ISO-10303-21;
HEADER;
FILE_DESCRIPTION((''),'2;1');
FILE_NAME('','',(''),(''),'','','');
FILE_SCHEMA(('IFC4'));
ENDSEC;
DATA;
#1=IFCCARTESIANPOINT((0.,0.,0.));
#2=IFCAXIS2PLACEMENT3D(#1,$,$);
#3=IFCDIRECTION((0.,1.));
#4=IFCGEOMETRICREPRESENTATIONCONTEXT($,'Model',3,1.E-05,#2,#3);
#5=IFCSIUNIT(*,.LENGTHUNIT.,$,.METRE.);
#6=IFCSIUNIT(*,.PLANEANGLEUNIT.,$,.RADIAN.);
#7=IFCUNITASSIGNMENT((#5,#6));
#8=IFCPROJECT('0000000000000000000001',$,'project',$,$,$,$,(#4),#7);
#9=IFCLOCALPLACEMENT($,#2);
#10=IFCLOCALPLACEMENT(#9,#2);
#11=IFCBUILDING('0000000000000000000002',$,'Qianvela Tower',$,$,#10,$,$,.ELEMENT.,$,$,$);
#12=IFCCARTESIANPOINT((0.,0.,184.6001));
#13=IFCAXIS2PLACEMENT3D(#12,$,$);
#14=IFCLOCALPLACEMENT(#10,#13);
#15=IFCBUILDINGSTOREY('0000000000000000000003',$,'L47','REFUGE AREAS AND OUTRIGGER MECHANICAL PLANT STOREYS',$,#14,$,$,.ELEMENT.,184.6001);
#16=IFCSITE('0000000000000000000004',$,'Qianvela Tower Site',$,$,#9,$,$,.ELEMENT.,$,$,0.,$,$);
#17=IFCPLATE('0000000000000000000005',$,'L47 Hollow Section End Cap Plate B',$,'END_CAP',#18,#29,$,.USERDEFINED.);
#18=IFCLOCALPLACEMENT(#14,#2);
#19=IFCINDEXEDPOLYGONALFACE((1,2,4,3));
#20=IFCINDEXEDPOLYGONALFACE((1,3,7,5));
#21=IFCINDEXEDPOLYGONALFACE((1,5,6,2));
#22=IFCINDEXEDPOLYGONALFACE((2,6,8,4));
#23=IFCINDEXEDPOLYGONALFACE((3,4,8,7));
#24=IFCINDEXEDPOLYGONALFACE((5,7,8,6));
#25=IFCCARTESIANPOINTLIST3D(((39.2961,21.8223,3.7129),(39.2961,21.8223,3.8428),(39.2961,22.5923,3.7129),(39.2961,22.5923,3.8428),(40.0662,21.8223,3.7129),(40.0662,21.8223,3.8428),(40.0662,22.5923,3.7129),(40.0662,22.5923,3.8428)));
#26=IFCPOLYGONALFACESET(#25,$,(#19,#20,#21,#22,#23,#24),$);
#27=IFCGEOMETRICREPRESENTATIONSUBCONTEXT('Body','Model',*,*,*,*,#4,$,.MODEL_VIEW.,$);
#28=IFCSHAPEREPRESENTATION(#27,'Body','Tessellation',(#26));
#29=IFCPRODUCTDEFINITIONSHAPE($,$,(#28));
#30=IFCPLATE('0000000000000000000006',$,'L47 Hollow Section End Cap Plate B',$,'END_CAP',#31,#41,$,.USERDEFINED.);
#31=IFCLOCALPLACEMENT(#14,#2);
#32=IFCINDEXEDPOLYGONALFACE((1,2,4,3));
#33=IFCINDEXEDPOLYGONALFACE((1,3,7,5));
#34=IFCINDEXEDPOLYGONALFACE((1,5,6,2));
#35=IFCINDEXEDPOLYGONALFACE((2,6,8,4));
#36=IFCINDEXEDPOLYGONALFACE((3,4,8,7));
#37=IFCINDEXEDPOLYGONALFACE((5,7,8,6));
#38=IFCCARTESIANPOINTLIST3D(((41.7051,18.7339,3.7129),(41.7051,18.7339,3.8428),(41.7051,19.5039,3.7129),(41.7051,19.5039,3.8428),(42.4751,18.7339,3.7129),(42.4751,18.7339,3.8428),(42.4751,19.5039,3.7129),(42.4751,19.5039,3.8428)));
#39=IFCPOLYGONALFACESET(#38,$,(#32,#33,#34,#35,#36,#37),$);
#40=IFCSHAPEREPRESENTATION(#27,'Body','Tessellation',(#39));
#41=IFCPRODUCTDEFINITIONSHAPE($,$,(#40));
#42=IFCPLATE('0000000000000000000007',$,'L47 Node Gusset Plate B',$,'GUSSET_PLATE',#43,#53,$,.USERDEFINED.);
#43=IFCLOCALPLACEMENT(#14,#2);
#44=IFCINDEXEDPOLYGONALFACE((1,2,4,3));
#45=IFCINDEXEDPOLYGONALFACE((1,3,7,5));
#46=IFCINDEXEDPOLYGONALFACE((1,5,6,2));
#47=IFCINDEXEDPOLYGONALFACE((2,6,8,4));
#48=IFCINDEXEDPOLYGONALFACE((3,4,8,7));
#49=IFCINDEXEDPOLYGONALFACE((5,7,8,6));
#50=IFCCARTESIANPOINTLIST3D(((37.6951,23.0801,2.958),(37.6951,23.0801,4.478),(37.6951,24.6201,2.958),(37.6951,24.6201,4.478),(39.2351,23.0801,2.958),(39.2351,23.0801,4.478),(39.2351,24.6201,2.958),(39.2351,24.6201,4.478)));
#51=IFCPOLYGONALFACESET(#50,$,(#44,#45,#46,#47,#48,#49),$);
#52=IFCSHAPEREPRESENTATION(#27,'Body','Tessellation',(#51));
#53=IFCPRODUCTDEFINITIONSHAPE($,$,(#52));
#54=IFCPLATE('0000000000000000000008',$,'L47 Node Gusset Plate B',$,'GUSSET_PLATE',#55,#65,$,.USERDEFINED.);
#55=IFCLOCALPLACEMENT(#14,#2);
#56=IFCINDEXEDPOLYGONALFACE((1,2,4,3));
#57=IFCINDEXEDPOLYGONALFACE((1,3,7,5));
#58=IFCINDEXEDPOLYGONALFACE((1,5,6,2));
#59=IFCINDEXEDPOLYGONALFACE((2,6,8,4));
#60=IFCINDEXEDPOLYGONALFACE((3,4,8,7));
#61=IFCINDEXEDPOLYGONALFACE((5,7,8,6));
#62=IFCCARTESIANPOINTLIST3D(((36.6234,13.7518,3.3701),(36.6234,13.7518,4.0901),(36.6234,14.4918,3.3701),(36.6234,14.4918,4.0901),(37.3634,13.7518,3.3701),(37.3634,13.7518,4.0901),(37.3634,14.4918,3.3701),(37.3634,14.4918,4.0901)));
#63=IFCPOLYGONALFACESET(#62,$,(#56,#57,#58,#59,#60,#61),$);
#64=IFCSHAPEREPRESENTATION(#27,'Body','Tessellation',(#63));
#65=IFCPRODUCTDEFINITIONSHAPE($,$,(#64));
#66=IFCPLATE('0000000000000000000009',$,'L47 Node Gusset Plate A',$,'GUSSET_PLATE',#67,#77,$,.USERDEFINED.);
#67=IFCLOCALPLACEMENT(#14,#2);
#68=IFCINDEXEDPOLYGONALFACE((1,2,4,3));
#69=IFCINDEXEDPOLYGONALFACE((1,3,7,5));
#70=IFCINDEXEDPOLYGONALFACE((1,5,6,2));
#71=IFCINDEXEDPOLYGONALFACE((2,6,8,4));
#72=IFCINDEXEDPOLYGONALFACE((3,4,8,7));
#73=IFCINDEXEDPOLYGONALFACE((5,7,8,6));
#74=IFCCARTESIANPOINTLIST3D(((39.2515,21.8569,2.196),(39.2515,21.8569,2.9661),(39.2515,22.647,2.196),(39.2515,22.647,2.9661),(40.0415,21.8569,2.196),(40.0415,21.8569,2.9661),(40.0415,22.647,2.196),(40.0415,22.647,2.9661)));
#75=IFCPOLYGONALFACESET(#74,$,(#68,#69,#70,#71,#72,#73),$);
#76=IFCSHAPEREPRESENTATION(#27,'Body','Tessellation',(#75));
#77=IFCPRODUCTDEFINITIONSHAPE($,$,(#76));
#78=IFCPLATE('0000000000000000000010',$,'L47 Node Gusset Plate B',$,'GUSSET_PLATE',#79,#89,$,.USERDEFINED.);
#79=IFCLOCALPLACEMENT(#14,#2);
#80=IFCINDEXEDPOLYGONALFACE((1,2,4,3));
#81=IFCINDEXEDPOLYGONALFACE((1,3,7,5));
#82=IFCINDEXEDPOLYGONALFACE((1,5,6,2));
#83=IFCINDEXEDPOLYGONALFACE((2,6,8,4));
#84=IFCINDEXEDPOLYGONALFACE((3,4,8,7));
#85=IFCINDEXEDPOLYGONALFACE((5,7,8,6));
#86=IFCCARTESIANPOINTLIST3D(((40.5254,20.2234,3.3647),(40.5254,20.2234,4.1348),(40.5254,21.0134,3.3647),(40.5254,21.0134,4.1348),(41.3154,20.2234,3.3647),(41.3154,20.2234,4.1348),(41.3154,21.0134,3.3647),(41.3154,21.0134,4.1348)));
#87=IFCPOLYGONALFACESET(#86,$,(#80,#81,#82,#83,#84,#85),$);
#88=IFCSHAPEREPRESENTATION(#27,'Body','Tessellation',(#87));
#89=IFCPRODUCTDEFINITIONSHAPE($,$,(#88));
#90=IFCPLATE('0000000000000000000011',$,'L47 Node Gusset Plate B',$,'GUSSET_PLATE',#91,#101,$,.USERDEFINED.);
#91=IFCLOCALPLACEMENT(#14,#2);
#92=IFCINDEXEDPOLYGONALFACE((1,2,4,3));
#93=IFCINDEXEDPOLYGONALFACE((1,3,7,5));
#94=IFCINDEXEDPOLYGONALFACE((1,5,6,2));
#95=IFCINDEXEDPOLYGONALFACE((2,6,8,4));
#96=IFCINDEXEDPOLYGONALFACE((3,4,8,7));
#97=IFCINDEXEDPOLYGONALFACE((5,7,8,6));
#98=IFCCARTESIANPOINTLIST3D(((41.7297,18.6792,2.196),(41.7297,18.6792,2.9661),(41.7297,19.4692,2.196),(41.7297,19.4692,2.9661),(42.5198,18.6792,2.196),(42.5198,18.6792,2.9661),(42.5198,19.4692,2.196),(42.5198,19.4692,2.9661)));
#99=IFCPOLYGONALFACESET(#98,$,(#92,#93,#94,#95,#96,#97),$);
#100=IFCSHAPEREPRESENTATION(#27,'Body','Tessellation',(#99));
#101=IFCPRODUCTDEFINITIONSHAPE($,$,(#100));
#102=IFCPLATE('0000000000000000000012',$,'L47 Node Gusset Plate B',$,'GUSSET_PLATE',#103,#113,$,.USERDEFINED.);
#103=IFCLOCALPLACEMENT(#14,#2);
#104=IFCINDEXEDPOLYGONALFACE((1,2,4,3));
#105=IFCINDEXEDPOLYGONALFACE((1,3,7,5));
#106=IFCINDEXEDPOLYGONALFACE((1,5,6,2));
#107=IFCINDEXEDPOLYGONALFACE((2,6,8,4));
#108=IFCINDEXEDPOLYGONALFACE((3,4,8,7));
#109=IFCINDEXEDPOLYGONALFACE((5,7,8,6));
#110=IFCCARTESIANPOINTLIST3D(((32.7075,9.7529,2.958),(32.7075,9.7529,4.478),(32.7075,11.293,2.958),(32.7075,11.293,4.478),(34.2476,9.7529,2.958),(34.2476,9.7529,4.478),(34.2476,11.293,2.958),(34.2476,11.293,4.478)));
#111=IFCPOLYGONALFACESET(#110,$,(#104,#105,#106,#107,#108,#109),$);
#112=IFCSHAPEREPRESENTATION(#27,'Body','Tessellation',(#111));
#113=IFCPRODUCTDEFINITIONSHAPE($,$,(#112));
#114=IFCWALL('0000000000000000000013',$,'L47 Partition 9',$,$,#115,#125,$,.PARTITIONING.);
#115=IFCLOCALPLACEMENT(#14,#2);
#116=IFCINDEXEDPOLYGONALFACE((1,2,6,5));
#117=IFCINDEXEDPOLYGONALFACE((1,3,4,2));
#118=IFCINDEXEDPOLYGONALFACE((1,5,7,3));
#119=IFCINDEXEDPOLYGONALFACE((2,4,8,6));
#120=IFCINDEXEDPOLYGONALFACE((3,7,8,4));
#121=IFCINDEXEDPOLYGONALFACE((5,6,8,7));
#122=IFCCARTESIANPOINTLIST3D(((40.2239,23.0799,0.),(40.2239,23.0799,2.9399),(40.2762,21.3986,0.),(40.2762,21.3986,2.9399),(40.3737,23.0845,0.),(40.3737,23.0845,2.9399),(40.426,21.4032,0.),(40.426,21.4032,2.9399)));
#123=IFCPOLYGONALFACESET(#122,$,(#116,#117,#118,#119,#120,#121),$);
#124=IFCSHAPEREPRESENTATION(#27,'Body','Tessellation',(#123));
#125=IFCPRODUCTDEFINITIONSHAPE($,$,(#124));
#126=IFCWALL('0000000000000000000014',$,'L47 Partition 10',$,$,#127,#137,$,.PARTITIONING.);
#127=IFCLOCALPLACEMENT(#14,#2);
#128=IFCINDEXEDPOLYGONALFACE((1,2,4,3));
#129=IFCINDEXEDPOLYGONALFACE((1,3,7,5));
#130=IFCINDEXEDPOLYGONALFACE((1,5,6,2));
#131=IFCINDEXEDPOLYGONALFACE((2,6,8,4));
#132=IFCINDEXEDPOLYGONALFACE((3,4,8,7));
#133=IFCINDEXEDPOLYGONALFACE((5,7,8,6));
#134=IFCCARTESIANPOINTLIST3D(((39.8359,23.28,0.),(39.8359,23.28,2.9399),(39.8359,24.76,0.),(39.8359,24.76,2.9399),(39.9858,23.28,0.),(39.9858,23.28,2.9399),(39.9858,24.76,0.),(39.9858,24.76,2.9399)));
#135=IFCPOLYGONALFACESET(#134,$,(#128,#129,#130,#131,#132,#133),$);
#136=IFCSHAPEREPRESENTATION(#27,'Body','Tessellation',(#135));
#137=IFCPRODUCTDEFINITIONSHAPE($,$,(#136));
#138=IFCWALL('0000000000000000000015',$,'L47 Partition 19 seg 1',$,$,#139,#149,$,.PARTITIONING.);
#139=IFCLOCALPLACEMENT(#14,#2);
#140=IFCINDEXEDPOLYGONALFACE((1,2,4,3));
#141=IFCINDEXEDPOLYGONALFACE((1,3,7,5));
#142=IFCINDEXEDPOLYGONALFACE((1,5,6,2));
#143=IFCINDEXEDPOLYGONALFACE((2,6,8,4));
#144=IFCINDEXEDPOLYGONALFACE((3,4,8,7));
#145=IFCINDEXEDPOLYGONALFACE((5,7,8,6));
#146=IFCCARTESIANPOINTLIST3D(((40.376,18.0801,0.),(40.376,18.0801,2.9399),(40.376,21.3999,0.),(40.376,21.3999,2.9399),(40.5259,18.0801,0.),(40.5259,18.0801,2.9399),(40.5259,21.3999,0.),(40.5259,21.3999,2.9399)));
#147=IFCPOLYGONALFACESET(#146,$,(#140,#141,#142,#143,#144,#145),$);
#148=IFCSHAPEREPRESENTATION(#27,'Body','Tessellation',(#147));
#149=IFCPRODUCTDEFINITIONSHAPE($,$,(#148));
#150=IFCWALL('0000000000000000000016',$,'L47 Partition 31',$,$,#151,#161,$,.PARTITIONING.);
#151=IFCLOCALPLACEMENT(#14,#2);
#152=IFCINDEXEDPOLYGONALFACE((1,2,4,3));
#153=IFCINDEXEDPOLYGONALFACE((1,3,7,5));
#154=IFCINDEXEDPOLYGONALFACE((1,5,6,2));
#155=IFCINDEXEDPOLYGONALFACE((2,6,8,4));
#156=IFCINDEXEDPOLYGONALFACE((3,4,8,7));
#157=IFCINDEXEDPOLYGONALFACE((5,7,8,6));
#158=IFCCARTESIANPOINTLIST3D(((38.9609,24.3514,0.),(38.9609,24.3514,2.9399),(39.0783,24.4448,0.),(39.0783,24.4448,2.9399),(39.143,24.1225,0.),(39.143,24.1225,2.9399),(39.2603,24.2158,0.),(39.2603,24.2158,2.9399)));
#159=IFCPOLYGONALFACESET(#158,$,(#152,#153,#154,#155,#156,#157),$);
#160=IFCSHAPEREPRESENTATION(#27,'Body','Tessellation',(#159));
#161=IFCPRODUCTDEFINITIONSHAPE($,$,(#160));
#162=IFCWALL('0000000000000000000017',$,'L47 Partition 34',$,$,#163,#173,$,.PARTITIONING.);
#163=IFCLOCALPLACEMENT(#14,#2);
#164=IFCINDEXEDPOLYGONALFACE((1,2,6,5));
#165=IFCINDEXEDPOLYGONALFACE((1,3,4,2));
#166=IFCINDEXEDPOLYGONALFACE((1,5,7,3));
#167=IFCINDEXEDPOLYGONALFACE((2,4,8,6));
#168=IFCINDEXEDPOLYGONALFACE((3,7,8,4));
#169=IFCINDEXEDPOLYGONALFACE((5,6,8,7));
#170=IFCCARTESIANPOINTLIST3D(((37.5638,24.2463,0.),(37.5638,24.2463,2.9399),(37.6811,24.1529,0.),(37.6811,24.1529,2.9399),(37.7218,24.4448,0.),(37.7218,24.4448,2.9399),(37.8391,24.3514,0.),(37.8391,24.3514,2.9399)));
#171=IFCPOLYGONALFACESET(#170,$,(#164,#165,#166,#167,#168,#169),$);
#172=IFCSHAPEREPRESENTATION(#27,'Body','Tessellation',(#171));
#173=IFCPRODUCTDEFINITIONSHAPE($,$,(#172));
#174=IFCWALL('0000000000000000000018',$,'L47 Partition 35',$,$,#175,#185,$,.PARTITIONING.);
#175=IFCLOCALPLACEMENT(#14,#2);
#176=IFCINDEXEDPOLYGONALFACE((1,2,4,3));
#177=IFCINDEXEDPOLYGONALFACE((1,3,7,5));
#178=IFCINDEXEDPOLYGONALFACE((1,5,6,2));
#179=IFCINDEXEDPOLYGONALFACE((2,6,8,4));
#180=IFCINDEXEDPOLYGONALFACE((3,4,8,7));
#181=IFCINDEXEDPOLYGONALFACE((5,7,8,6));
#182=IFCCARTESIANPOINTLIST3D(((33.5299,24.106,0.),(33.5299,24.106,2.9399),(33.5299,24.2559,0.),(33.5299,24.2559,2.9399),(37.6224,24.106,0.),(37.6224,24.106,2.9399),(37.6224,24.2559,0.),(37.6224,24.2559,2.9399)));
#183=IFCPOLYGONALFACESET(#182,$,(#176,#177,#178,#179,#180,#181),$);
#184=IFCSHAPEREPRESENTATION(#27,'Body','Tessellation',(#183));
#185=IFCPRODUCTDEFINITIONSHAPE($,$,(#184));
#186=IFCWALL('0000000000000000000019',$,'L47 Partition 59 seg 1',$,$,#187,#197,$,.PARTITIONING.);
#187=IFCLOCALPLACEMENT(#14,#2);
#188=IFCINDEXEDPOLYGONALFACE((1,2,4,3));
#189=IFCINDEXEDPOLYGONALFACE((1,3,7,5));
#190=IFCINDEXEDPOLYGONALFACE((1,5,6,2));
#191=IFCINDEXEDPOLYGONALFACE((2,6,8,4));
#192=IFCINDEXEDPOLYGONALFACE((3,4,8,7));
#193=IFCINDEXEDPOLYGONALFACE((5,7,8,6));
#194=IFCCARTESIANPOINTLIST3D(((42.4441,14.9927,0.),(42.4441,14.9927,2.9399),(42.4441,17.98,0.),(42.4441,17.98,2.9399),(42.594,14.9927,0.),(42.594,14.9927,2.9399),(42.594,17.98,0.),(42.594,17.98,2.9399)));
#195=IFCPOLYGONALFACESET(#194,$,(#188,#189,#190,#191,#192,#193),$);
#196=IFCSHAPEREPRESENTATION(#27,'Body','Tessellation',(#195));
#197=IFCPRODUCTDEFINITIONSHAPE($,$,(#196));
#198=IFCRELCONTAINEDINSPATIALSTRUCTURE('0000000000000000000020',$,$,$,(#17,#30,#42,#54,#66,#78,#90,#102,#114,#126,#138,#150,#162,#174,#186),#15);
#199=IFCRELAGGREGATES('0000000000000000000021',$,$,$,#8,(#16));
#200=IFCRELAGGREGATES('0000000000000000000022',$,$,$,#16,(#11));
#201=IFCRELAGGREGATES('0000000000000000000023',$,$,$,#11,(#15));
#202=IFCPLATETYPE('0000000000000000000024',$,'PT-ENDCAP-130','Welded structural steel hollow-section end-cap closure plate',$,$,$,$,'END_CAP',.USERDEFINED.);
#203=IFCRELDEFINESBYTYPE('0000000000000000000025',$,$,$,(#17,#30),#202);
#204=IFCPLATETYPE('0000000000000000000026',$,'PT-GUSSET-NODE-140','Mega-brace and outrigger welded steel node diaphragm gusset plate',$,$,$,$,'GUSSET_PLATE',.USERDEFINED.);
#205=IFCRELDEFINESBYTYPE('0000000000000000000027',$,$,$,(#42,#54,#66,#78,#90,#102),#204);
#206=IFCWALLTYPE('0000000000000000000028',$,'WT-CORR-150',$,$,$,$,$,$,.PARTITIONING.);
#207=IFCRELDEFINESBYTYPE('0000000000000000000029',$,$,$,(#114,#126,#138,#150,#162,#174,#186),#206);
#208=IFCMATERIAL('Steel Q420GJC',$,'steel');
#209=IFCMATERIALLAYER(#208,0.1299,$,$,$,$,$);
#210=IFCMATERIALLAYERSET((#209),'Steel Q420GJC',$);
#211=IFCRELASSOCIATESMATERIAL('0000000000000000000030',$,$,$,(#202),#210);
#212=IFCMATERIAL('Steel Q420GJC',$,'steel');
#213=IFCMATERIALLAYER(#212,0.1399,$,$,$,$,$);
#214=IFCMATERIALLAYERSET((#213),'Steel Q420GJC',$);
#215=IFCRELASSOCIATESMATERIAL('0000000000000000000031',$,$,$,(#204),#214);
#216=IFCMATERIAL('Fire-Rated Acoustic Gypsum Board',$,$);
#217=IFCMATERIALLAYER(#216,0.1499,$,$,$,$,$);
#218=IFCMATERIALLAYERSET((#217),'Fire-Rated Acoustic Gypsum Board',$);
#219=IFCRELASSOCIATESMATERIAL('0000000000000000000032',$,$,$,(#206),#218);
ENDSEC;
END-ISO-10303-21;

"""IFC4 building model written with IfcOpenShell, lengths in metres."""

from ifc_helpers import new_model, si_unit, direction, frame, frame_2d, origin, origin_2d, place, context, subcontext, project, spatial, rectangle, extrude, material, layer, layer_set, type_object, element, save


model = new_model("IFC4")

# Units and contexts
model_context = context("Model", 3, precision=1e-05, world=origin(), true_north=direction((0.0, 1.0)))
body_context = subcontext(model_context, "Body", "Model", "MODEL_VIEW")
ifc_project = project(units=[si_unit("LENGTHUNIT", "METRE"), si_unit("PLANEANGLEUNIT", "RADIAN")], contexts=[model_context])

# Site, building, storey
site_placement = place(None, origin())
site = spatial("IfcSite", under=ifc_project, at=site_placement, Name="Qianvela Tower Site", CompositionType="ELEMENT", RefElevation=0.0)
building_placement = place(site_placement, origin())
building = spatial("IfcBuilding", under=site, at=building_placement, Name="Qianvela Tower", CompositionType="ELEMENT")
storey_placement = place(building_placement, frame((0.0, 0.0, 184.6001)))
storey = spatial("IfcBuildingStorey", under=building, at=storey_placement, Name="L47", Description="REFUGE AREAS AND OUTRIGGER MECHANICAL PLANT STOREYS", CompositionType="ELEMENT", Elevation=184.6001)

# Plates
ifc_material_1 = material(Name="Steel Q420GJC", Category="steel")
ifc_layer_1 = layer(ifc_material_1, 0.1299)
ifc_layer_set_1 = layer_set([ifc_layer_1], Name="Steel Q420GJC")
plate_type_1 = type_object("IfcPlateType", Name="PT-ENDCAP-130", Description="Welded structural steel hollow-section end-cap closure plate", ElementType="END_CAP", PredefinedType="USERDEFINED", material=ifc_layer_set_1)
for number, where, z_axis, x_axis, name in (
    (1, (39.6812, 22.2073, 3.7129), (0.0, 0.0, 1.0), (1.0, 0.0, 0.0), "L47 Hollow Section End Cap Plate B"),
    (2, (42.0901, 19.1189, 3.7129), (0.0, 0.0, 1.0), (1.0, 0.0, 0.0), "L47 Hollow Section End Cap Plate B"),
):
    element("IfcPlate", number, at=place(storey_placement, frame(where, z_axis=z_axis, x_axis=x_axis)), inside=storey, type_object=plate_type_1, Name=name, ObjectType="END_CAP", PredefinedType="USERDEFINED", context=body_context, shape_type="SweptSolid", body=[
        extrude(rectangle(XDim=0.77, YDim=0.77, at=origin_2d()), origin(), (0.0, 0.0, 1.0), 0.1299),
    ])
ifc_material_2 = material(Name="Steel Q420GJC", Category="steel")
ifc_layer_2 = layer(ifc_material_2, 0.1399)
ifc_layer_set_2 = layer_set([ifc_layer_2], Name="Steel Q420GJC")
plate_type_2 = type_object("IfcPlateType", Name="PT-GUSSET-NODE-140", Description="Mega-brace and outrigger welded steel node diaphragm gusset plate", ElementType="GUSSET_PLATE", PredefinedType="USERDEFINED", material=ifc_layer_set_2)
plate_1_placement = place(storey_placement, frame((38.4651, 23.8501, 2.958), z_axis=(0.0, 0.0, 1.0), x_axis=(1.0, 0.0, 0.0)))
element("IfcPlate", 3, at=plate_1_placement, inside=storey, type_object=plate_type_2, Name="L47 Node Gusset Plate B", ObjectType="GUSSET_PLATE", PredefinedType="USERDEFINED", context=body_context, shape_type="SweptSolid", body=[
    extrude(rectangle(XDim=1.54, YDim=1.54, at=origin_2d()), origin(), (0.0, 0.0, 1.0), 1.52),
])
plate_2_placement = place(storey_placement, frame((36.9934, 14.1218, 3.3701), z_axis=(0.0, 0.0, 1.0), x_axis=(1.0, 0.0, 0.0)))
element("IfcPlate", 4, at=plate_2_placement, inside=storey, type_object=plate_type_2, Name="L47 Node Gusset Plate B", ObjectType="GUSSET_PLATE", PredefinedType="USERDEFINED", context=body_context, shape_type="SweptSolid", body=[
    extrude(rectangle(XDim=0.74, YDim=0.74, at=origin_2d()), origin(), (0.0, 0.0, 1.0), 0.72),
])
for number, where, z_axis, x_axis, name in (
    (5, (39.6465, 22.252, 2.196), (0.0, 0.0, 1.0), (1.0, 0.0, 0.0), "L47 Node Gusset Plate A"),
    (6, (40.9204, 20.6184, 3.3647), (0.0, 0.0, 1.0), (1.0, 0.0, 0.0), "L47 Node Gusset Plate B"),
    (7, (42.1248, 19.0742, 2.196), (0.0, 0.0, 1.0), (1.0, 0.0, 0.0), "L47 Node Gusset Plate B"),
):
    element("IfcPlate", number, at=place(storey_placement, frame(where, z_axis=z_axis, x_axis=x_axis)), inside=storey, type_object=plate_type_2, Name=name, ObjectType="GUSSET_PLATE", PredefinedType="USERDEFINED", context=body_context, shape_type="SweptSolid", body=[
        extrude(rectangle(XDim=0.79, YDim=0.79, at=origin_2d()), origin(), (0.0, 0.0, 1.0), 0.77),
    ])
plate_3_placement = place(storey_placement, frame((33.4775, 10.5229, 2.958), z_axis=(0.0, 0.0, 1.0), x_axis=(1.0, 0.0, 0.0)))
element("IfcPlate", 8, at=plate_3_placement, inside=storey, type_object=plate_type_2, Name="L47 Node Gusset Plate B", ObjectType="GUSSET_PLATE", PredefinedType="USERDEFINED", context=body_context, shape_type="SweptSolid", body=[
    extrude(rectangle(XDim=1.54, YDim=1.54, at=origin_2d()), origin(), (0.0, 0.0, 1.0), 1.52),
])

# Walls
ifc_material_3 = material(Name="Fire-Rated Acoustic Gypsum Board")
ifc_layer_3 = layer(ifc_material_3, 0.1499)
ifc_layer_set_3 = layer_set([ifc_layer_3], Name="Fire-Rated Acoustic Gypsum Board")
wall_type_1 = type_object("IfcWallType", Name="WT-CORR-150", PredefinedType="PARTITIONING", material=ifc_layer_set_3)
wall_1_placement = place(storey_placement, frame((40.3511, 21.4009, 0.0), z_axis=(0.0, 0.0, 1.0), x_axis=(-0.031058, 0.999518, 0.0)))
element("IfcWall", 9, at=wall_1_placement, inside=storey, type_object=wall_type_1, Name="L47 Partition 9", PredefinedType="PARTITIONING", context=body_context, shape_type="SweptSolid", body=[
    extrude(rectangle(XDim=1.6821, YDim=0.1499, at=frame_2d((0.8411, 0.0))), origin(), (0.0, 0.0, 1.0), 2.9399),
])
wall_2_placement = place(storey_placement, frame((39.9109, 23.28, 0.0), z_axis=(0.0, 0.0, 1.0), x_axis=(0.0, 1.0, 0.0)))
element("IfcWall", 10, at=wall_2_placement, inside=storey, type_object=wall_type_1, Name="L47 Partition 10", PredefinedType="PARTITIONING", context=body_context, shape_type="SweptSolid", body=[
    extrude(rectangle(XDim=1.48, YDim=0.1499, at=frame_2d((0.74, 0.0))), origin(), (0.0, 0.0, 1.0), 2.9399),
])
wall_3_placement = place(storey_placement, frame((40.4509, 18.0801, 0.0), z_axis=(0.0, 0.0, 1.0), x_axis=(0.0, 1.0, 0.0)))
element("IfcWall", 11, at=wall_3_placement, inside=storey, type_object=wall_type_1, Name="L47 Partition 19 seg 1", PredefinedType="PARTITIONING", context=body_context, shape_type="SweptSolid", body=[
    extrude(rectangle(XDim=3.3198, YDim=0.1499, at=frame_2d((1.6599, 0.0))), origin(), (0.0, 0.0, 1.0), 2.9399),
])
wall_4_placement = place(storey_placement, frame((39.2017, 24.1692, 0.0), z_axis=(0.0, 0.0, 1.0), x_axis=(-0.622454, 0.782656, 0.0)))
element("IfcWall", 12, at=wall_4_placement, inside=storey, type_object=wall_type_1, Name="L47 Partition 31", PredefinedType="PARTITIONING", context=body_context, shape_type="SweptSolid", body=[
    extrude(rectangle(XDim=0.2925, YDim=0.1499, at=frame_2d((0.1462, 0.0))), origin(), (0.0, 0.0, 1.0), 2.9399),
])
wall_5_placement = place(storey_placement, frame((37.7805, 24.3982, 0.0), z_axis=(0.0, 0.0, 1.0), x_axis=(-0.622698, -0.782462, 0.0)))
element("IfcWall", 13, at=wall_5_placement, inside=storey, type_object=wall_type_1, Name="L47 Partition 34", PredefinedType="PARTITIONING", context=body_context, shape_type="SweptSolid", body=[
    extrude(rectangle(XDim=0.2537, YDim=0.1499, at=frame_2d((0.127, 0.0))), origin(), (0.0, 0.0, 1.0), 2.9399),
])
wall_6_placement = place(storey_placement, frame((37.6226, 24.1809, 0.0), z_axis=(0.0, 0.0, 1.0), x_axis=(-1.0, 0.0, 0.0)))
element("IfcWall", 14, at=wall_6_placement, inside=storey, type_object=wall_type_1, Name="L47 Partition 35", PredefinedType="PARTITIONING", context=body_context, shape_type="SweptSolid", body=[
    extrude(rectangle(XDim=4.0925, YDim=0.1499, at=frame_2d((2.0464, 0.0))), origin(), (0.0, 0.0, 1.0), 2.9399),
])
wall_7_placement = place(storey_placement, frame((42.519, 17.98, 0.0), z_axis=(0.0, 0.0, 1.0), x_axis=(0.0, -1.0, 0.0)))
element("IfcWall", 15, at=wall_7_placement, inside=storey, type_object=wall_type_1, Name="L47 Partition 59 seg 1", PredefinedType="PARTITIONING", context=body_context, shape_type="SweptSolid", body=[
    extrude(rectangle(XDim=2.9873, YDim=0.1499, at=frame_2d((1.4937, 0.0))), origin(), (0.0, 0.0, 1.0), 2.9399),
])

save(model, "model.ifc")
